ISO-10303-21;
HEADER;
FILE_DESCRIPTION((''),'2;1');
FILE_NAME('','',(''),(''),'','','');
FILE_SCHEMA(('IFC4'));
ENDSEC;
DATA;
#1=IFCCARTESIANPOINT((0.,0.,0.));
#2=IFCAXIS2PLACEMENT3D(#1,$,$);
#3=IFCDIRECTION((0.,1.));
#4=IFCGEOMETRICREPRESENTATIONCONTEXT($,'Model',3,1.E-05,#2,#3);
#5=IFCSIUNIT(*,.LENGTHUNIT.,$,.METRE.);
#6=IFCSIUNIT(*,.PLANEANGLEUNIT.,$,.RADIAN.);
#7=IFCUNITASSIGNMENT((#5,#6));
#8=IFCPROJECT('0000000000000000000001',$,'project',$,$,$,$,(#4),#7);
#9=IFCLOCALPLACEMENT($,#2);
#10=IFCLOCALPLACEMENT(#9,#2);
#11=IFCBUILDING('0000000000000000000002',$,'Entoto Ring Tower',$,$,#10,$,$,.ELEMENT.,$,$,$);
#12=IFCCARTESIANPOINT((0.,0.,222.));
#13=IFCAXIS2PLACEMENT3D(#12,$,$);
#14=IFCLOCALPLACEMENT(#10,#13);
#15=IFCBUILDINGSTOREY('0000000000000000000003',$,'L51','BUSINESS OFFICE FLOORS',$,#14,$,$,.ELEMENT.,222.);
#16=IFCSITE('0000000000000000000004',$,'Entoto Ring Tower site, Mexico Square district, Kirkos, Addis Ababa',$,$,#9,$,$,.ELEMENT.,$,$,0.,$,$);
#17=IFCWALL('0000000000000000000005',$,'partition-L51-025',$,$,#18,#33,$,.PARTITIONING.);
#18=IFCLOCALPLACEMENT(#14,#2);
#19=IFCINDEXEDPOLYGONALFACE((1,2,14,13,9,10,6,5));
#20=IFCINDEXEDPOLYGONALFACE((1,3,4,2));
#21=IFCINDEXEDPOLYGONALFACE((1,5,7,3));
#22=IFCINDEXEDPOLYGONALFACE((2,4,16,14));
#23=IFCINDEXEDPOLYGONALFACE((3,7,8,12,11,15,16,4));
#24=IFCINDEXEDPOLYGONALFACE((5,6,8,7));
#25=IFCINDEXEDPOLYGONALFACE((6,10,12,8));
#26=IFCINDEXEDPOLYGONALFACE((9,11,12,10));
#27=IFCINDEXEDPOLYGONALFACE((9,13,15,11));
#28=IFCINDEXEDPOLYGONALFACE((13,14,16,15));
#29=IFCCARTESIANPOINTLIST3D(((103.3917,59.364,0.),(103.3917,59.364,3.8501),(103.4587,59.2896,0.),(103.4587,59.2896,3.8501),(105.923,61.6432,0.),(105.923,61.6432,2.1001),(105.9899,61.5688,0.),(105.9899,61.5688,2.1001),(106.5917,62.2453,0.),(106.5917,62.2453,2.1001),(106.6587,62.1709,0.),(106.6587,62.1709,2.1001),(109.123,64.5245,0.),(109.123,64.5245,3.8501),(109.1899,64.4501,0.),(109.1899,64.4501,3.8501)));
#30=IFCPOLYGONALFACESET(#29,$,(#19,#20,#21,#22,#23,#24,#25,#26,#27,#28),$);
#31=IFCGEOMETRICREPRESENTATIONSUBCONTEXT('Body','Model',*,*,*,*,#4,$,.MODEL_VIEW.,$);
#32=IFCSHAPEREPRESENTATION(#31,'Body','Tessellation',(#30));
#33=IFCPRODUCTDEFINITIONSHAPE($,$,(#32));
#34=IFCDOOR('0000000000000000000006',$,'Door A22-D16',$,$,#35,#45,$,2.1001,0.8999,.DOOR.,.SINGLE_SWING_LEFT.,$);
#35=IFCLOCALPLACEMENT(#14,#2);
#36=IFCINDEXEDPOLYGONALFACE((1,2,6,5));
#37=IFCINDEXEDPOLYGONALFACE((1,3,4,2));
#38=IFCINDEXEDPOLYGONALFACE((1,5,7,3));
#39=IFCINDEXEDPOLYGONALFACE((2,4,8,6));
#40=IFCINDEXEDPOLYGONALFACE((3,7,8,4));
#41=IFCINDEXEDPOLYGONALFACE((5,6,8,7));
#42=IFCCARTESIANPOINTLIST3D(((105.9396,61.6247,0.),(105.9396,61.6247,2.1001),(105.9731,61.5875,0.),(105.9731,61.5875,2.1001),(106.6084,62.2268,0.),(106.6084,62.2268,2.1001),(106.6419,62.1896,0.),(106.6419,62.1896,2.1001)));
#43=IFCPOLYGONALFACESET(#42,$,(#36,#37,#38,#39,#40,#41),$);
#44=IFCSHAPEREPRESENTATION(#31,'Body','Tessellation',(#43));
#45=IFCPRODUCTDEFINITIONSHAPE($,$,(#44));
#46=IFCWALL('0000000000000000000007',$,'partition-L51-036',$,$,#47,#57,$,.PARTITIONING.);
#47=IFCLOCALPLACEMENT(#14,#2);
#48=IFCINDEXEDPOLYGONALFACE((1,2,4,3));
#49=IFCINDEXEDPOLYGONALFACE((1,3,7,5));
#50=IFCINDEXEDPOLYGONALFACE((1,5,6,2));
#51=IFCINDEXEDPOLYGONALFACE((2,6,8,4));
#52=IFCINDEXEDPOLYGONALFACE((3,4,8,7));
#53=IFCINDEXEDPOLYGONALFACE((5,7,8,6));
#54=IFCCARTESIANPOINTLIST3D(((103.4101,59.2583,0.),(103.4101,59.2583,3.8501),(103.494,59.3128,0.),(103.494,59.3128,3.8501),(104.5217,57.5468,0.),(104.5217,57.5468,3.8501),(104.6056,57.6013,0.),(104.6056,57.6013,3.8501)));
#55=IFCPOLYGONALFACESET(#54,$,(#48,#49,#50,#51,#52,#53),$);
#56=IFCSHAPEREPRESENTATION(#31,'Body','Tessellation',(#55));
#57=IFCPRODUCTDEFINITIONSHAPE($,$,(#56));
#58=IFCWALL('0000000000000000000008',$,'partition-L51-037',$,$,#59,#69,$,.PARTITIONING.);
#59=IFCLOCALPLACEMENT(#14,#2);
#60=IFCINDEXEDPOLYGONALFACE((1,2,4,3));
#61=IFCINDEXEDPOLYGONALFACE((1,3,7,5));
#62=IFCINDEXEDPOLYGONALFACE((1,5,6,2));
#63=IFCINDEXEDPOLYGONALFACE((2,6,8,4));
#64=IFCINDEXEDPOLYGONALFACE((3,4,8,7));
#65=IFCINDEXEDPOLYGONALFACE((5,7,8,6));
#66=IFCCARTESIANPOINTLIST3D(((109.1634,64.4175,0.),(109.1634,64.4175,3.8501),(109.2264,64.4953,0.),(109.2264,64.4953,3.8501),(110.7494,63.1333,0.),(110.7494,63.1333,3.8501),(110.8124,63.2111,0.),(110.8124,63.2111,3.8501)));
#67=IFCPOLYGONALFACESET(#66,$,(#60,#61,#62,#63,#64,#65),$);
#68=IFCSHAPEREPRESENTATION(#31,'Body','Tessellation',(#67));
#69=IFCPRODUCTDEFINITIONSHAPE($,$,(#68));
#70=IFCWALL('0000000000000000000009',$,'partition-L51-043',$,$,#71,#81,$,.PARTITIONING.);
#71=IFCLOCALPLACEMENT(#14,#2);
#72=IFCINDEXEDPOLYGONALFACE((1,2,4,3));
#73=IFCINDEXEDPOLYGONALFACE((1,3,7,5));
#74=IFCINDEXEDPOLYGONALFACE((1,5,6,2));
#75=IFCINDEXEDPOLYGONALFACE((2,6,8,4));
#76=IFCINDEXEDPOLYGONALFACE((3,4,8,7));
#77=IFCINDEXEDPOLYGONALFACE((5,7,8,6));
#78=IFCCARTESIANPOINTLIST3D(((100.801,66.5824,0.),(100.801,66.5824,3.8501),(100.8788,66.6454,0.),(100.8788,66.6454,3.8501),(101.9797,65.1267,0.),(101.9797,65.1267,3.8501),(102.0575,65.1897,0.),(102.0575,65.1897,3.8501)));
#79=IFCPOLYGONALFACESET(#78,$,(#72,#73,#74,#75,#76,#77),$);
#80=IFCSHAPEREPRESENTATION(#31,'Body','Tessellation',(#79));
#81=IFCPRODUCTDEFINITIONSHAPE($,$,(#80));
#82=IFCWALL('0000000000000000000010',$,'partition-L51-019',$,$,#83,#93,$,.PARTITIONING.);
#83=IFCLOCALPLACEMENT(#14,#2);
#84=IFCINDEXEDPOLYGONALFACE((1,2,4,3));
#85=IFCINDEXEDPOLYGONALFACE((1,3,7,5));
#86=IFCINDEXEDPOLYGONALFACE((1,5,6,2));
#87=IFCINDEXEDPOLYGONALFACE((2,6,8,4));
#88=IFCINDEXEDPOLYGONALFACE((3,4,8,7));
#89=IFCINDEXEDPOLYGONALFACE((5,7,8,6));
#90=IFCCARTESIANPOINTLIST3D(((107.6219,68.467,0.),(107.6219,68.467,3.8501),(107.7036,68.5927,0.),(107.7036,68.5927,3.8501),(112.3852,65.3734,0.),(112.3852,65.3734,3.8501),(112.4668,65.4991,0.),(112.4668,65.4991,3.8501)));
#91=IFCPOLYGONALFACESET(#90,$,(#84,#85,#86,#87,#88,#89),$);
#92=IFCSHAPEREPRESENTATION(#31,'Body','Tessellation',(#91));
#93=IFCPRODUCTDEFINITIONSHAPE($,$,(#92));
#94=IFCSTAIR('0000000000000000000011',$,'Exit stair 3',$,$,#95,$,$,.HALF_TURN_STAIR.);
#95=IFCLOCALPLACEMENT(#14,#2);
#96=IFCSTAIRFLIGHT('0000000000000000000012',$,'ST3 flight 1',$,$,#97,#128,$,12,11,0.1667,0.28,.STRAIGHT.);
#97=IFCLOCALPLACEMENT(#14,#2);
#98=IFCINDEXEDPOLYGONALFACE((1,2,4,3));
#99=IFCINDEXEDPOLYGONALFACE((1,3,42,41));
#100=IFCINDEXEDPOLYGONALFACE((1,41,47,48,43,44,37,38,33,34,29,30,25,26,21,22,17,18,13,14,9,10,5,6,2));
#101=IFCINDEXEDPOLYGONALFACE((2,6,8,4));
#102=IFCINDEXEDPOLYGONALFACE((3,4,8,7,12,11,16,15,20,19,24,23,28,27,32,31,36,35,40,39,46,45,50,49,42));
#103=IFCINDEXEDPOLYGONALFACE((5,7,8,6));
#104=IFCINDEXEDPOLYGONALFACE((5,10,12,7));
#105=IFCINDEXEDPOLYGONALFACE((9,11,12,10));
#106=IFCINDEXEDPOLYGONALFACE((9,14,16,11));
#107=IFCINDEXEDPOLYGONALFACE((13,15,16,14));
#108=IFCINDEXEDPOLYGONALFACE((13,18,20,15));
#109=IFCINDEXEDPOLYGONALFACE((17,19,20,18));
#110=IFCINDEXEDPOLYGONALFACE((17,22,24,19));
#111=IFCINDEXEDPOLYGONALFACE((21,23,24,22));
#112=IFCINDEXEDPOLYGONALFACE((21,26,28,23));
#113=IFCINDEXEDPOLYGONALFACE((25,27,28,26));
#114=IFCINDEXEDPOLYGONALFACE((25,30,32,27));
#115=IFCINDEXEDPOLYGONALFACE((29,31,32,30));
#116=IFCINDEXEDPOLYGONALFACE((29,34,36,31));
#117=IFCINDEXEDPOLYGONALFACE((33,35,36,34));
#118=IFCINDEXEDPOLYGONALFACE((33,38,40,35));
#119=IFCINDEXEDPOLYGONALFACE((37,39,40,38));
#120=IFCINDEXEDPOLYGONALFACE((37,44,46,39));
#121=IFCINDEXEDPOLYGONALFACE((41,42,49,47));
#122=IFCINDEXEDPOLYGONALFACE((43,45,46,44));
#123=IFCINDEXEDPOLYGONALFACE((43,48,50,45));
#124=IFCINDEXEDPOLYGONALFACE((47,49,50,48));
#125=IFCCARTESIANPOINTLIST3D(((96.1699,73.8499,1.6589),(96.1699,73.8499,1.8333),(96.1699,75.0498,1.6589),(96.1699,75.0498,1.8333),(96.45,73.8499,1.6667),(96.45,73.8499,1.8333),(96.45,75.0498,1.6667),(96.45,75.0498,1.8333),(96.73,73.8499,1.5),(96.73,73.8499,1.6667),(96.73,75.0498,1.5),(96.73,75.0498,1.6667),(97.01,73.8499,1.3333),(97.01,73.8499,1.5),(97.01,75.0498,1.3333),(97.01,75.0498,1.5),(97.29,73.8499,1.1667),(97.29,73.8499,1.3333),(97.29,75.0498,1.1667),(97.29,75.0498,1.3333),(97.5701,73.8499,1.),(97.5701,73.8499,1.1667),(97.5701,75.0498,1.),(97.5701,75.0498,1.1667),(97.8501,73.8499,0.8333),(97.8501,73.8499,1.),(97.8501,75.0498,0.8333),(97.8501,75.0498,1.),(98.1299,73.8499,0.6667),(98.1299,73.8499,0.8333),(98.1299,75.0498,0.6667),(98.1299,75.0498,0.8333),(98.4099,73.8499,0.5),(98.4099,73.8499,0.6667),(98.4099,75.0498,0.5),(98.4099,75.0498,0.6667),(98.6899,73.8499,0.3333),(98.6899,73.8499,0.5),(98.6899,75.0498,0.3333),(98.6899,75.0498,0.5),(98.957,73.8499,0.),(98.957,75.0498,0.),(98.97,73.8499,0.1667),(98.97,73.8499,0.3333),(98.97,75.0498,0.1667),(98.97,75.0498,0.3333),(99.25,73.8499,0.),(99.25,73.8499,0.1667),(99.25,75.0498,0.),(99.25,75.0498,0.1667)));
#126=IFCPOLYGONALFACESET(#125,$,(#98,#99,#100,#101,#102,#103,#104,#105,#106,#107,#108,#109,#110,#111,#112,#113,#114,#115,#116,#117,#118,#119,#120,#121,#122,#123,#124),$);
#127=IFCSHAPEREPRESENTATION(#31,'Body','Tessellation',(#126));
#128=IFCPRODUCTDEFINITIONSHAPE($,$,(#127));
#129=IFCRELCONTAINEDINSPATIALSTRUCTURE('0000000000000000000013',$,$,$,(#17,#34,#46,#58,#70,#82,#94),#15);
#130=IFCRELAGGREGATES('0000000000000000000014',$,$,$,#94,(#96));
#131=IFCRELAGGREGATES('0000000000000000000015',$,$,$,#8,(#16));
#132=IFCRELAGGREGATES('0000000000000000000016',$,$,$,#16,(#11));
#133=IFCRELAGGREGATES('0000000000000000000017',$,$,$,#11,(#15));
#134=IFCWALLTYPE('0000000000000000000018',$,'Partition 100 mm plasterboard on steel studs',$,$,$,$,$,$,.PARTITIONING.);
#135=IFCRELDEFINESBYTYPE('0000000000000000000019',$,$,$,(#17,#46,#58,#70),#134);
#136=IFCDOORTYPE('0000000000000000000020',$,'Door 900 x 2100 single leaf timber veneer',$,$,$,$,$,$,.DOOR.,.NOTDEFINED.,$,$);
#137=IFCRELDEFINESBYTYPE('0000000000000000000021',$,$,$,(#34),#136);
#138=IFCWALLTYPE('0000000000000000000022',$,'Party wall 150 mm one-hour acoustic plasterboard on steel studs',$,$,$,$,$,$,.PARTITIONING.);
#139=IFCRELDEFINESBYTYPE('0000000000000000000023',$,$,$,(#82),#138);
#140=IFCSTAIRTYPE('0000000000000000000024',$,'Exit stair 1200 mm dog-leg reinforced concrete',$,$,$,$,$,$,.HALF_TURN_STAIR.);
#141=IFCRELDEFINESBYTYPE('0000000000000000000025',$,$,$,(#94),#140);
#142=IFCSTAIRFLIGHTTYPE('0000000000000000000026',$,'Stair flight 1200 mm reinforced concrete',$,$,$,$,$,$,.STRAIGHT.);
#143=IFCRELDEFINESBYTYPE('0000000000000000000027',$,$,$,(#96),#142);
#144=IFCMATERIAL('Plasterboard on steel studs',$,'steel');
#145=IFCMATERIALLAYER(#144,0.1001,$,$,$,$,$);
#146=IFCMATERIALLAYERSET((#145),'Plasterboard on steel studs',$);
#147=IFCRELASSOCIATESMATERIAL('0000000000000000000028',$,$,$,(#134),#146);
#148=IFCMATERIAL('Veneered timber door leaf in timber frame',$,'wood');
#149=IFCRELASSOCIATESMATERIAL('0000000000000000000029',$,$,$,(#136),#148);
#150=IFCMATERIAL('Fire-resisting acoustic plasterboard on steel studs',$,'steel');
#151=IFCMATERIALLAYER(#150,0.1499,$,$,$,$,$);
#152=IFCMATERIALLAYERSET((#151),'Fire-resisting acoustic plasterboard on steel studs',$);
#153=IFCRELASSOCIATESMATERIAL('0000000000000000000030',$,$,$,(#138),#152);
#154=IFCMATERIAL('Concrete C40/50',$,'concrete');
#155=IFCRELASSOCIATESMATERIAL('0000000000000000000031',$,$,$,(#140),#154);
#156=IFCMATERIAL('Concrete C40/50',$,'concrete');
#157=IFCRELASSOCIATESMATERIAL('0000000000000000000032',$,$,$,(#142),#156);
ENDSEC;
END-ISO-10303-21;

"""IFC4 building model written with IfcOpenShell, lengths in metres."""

from ifc_helpers import new_model, si_unit, direction, frame, frame_2d, origin, place, context, subcontext, project, spatial, polyline, rectangle, outline, extrude, material, layer, layer_set, type_object, element, fill, aggregate, save


model = new_model("IFC4")

# Units and contexts
model_context = context("Model", 3, precision=1e-05, world=origin(), true_north=direction((0.0, 1.0)))
body_context = subcontext(model_context, "Body", "Model", "MODEL_VIEW")
ifc_project = project(units=[si_unit("LENGTHUNIT", "METRE"), si_unit("PLANEANGLEUNIT", "RADIAN")], contexts=[model_context])

# Site, building, storey
site_placement = place(None, origin())
site = spatial("IfcSite", under=ifc_project, at=site_placement, Name="Entoto Ring Tower site, Mexico Square district, Kirkos, Addis Ababa", CompositionType="ELEMENT", RefElevation=0.0)
building_placement = place(site_placement, origin())
building = spatial("IfcBuilding", under=site, at=building_placement, Name="Entoto Ring Tower", CompositionType="ELEMENT")
storey_placement = place(building_placement, frame((0.0, 0.0, 222.0)))
storey = spatial("IfcBuildingStorey", under=building, at=storey_placement, Name="L51", Description="BUSINESS OFFICE FLOORS", CompositionType="ELEMENT", Elevation=222.0)

# Wall, opening, door
ifc_material_1 = material(Name="Plasterboard on steel studs", Category="steel")
ifc_layer_1 = layer(ifc_material_1, 0.1001)
ifc_layer_set_1 = layer_set([ifc_layer_1], Name="Plasterboard on steel studs")
wall_type_1 = type_object("IfcWallType", Name="Partition 100 mm plasterboard on steel studs", PredefinedType="PARTITIONING", material=ifc_layer_set_1)
wall_1_placement = place(storey_placement, frame((103.4253, 59.3269, 0.0), z_axis=(0.0, 0.0, 1.0), x_axis=(0.743145, 0.669131, 0.0)))
wall_1 = element("IfcWall", 1, at=wall_1_placement, inside=storey, type_object=wall_type_1, Name="partition-L51-025", PredefinedType="PARTITIONING", context=body_context, shape_type="SweptSolid", body=[
    extrude(rectangle(XDim=7.7122, YDim=0.1001, at=frame_2d((3.856, 0.0))), origin(), (0.0, 0.0, 1.0), 3.8501),
])
opening_1_placement = place(wall_1_placement, frame((3.406, 0.0, 0.0)))
opening_1 = element("IfcOpeningElement", 2, at=opening_1_placement, cuts=wall_1, PredefinedType="OPENING", context=body_context, shape_type="SweptSolid", body=[
    extrude(rectangle(XDim=0.8999, YDim=2.1001, at=frame_2d((0.45, 1.05))), frame((0.0, 0.0601, 0.0), z_axis=(0.0, -1.0, 0.0), x_axis=(1.0, 0.0, 0.0)), (0.0, 0.0, 1.0), 0.1201),
])
ifc_material_2 = material(Name="Veneered timber door leaf in timber frame", Category="wood")
door_type_1 = type_object("IfcDoorType", Name="Door 900 x 2100 single leaf timber veneer", OperationType="NOTDEFINED", PredefinedType="DOOR", material=ifc_material_2)
door_1_placement = place(opening_1_placement, frame((0.8999, 0.0, 0.0), z_axis=(0.0, 0.0, 1.0), x_axis=(-1.0, 0.0, 0.0)))
door_1 = element("IfcDoor", 3, at=door_1_placement, inside=storey, type_object=door_type_1, Name="Door A22-D16", OperationType="SINGLE_SWING_LEFT", OverallHeight=2.1001, OverallWidth=0.8999, PredefinedType="DOOR", context=body_context, shape_type="SweptSolid", body=[
    extrude(rectangle(XDim=0.8999, YDim=2.1001, at=frame_2d((0.45, 1.05))), frame((0.0, 0.0249, 0.0), z_axis=(0.0, -1.0, 0.0), x_axis=(1.0, 0.0, 0.0)), (0.0, 0.0, 1.0), 0.05),
])
fill(opening_1, door_1)

# Walls
for number, where, z_axis, x_axis, name in (
    (4, (104.5637, 57.574, 0.0), (0.0, 0.0, 1.0), (-0.544694, 0.838635, 0.0), "partition-L51-036"),
    (5, (110.781, 63.1721, 0.0), (0.0, 0.0, 1.0), (-0.777167, 0.629295, 0.0), "partition-L51-037"),
):
    element("IfcWall", number, at=place(storey_placement, frame(where, z_axis=z_axis, x_axis=x_axis)), inside=storey, type_object=wall_type_1, Name=name, PredefinedType="PARTITIONING", context=body_context, shape_type="SweptSolid", body=[
        extrude(rectangle(XDim=2.0408, YDim=0.1001, at=frame_2d((1.0205, 0.0))), origin(), (0.0, 0.0, 1.0), 3.8501),
    ])
wall_2_placement = place(storey_placement, frame((102.0186, 65.1582, 0.0), z_axis=(0.0, 0.0, 1.0), x_axis=(-0.629262, 0.777193, 0.0)))
element("IfcWall", 6, at=wall_2_placement, inside=storey, type_object=wall_type_1, Name="partition-L51-043", PredefinedType="PARTITIONING", context=body_context, shape_type="SweptSolid", body=[
    extrude(rectangle(XDim=1.873, YDim=0.1001, at=frame_2d((0.9365, 0.0))), origin(), (0.0, 0.0, 1.0), 3.8501),
])
ifc_material_3 = material(Name="Fire-resisting acoustic plasterboard on steel studs", Category="steel")
ifc_layer_2 = layer(ifc_material_3, 0.1499)
ifc_layer_set_2 = layer_set([ifc_layer_2], Name="Fire-resisting acoustic plasterboard on steel studs")
wall_type_2 = type_object("IfcWallType", Name="Party wall 150 mm one-hour acoustic plasterboard on steel studs", PredefinedType="PARTITIONING", material=ifc_layer_set_2)
wall_3_placement = place(storey_placement, frame((112.426, 65.4363, 0.0), z_axis=(0.0, 0.0, 1.0), x_axis=(-0.83865, 0.544671, 0.0)))
element("IfcWall", 7, at=wall_3_placement, inside=storey, type_object=wall_type_2, Name="partition-L51-019", PredefinedType="PARTITIONING", context=body_context, shape_type="SweptSolid", body=[
    extrude(rectangle(XDim=5.6797, YDim=0.1499, at=frame_2d((2.8398, 0.0))), origin(), (0.0, 0.0, 1.0), 3.8501),
])

# Stair, stair flight
ifc_material_4 = material(Name="Concrete C40/50", Category="concrete")
stair_type = type_object("IfcStairType", Name="Exit stair 1200 mm dog-leg reinforced concrete", PredefinedType="HALF_TURN_STAIR", material=ifc_material_4)
stair_placement = place(storey_placement, origin())
stair = element("IfcStair", 8, at=stair_placement, inside=storey, type_object=stair_type, Name="Exit stair 3", PredefinedType="HALF_TURN_STAIR")
ifc_material_5 = material(Name="Concrete C40/50", Category="concrete")
stair_flight_type = type_object("IfcStairFlightType", Name="Stair flight 1200 mm reinforced concrete", PredefinedType="STRAIGHT", material=ifc_material_5)
stair_flight_placement = place(storey_placement, frame((99.25, 74.45, 0.0), z_axis=(0.0, 0.0, 1.0), x_axis=(-1.0, 0.0, 0.0)))
stair_flight = element("IfcStairFlight", 9, at=stair_flight_placement, type_object=stair_flight_type, Name="ST3 flight 1", NumberOfRisers=12, NumberOfTreads=11, PredefinedType="STRAIGHT", RiserHeight=0.1667, TreadLength=0.28, context=body_context, shape_type="SweptSolid", body=[
    extrude(outline(polyline([(0.0, 0.0), (0.0, 0.1667), (0.28, 0.1667), (0.28, 0.3333), (0.5601, 0.3333), (0.5601, 0.5), (0.8401, 0.5), (0.8401, 0.6667), (1.1201, 0.6667), (1.1201, 0.8333), (1.3999, 0.8333), (1.3999, 1.0), (1.6799, 1.0), (1.6799, 1.1667), (1.96, 1.1667), (1.96, 1.3333), (2.24, 1.3333), (2.24, 1.5), (2.52, 1.5), (2.52, 1.6667), (2.8, 1.6667), (2.8, 1.8333), (3.0801, 1.8333), (3.0801, 2.0), (3.0801, 1.6589), (0.293, 0.0), (0.0, 0.0)])), frame((0.0, 0.6001, 0.0), z_axis=(0.0, -1.0, 0.0), x_axis=(1.0, 0.0, 0.0)), (0.0, 0.0, 1.0), 1.2),
])
aggregate(stair, [stair_flight])

save(model, "model.ifc")
